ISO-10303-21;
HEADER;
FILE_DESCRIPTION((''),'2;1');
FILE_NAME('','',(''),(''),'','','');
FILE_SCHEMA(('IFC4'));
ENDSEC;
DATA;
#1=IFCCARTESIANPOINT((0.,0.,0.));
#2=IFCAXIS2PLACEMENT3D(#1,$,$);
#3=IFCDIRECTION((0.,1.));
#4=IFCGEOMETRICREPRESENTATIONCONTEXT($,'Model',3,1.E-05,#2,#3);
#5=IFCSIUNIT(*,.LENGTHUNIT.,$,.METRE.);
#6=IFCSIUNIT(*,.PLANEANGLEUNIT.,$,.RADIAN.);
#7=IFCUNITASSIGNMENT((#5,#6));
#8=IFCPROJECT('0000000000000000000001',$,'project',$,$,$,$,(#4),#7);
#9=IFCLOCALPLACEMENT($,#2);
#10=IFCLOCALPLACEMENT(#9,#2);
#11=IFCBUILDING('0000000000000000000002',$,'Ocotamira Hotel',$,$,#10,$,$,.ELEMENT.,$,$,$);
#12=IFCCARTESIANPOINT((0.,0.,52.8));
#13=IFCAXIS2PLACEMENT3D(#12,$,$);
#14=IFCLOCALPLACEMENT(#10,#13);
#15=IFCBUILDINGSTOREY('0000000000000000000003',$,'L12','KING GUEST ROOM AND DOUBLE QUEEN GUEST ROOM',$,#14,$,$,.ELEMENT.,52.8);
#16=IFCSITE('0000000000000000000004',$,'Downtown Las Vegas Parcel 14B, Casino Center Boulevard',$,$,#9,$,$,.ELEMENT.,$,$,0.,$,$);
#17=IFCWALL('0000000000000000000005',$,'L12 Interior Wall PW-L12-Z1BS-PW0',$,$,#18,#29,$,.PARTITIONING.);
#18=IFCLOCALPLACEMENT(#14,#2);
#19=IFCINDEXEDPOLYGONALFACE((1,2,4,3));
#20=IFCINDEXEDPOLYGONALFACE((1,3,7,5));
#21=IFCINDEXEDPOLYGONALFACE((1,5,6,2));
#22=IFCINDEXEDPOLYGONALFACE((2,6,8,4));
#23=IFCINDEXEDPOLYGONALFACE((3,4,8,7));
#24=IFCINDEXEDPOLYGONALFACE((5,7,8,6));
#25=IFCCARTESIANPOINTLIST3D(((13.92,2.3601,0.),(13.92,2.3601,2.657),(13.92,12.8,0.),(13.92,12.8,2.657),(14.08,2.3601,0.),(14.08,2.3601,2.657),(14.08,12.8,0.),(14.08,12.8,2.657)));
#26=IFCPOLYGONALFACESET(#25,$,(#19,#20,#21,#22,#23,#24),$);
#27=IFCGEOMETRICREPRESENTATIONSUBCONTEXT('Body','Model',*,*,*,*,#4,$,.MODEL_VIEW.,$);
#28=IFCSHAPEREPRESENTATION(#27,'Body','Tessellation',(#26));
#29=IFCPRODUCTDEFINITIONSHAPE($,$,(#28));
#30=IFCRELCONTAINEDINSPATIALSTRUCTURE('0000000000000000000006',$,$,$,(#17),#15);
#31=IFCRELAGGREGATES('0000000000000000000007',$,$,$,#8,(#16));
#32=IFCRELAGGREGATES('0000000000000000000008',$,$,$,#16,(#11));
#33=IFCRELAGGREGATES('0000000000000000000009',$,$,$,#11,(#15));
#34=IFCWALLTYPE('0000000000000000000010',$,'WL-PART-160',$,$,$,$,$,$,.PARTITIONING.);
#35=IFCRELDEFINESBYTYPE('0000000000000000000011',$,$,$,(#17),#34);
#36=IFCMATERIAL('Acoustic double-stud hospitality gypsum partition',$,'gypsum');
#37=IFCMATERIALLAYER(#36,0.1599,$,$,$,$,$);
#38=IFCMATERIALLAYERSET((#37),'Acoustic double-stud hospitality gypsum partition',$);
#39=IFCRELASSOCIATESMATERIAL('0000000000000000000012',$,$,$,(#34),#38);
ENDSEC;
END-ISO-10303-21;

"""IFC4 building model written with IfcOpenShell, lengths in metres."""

from ifc_helpers import new_model, si_unit, direction, frame, frame_2d, origin, place, context, subcontext, project, spatial, rectangle, extrude, material, layer, layer_set, type_object, element, save


model = new_model("IFC4")

# Units and contexts
model_context = context("Model", 3, precision=1e-05, world=origin(), true_north=direction((0.0, 1.0)))
body_context = subcontext(model_context, "Body", "Model", "MODEL_VIEW")
ifc_project = project(units=[si_unit("LENGTHUNIT", "METRE"), si_unit("PLANEANGLEUNIT", "RADIAN")], contexts=[model_context])

# Site, building, storey
site_placement = place(None, origin())
site = spatial("IfcSite", under=ifc_project, at=site_placement, Name="Downtown Las Vegas Parcel 14B, Casino Center Boulevard", CompositionType="ELEMENT", RefElevation=0.0)
building_placement = place(site_placement, origin())
building = spatial("IfcBuilding", under=site, at=building_placement, Name="Ocotamira Hotel", CompositionType="ELEMENT")
storey_placement = place(building_placement, frame((0.0, 0.0, 52.8)))
storey = spatial("IfcBuildingStorey", under=building, at=storey_placement, Name="L12", Description="KING GUEST ROOM AND DOUBLE QUEEN GUEST ROOM", CompositionType="ELEMENT", Elevation=52.8)

# Wall
ifc_material_1 = material(Name="Acoustic double-stud hospitality gypsum partition", Category="gypsum")
ifc_layer_1 = layer(ifc_material_1, 0.1599)
ifc_layer_set_1 = layer_set([ifc_layer_1], Name="Acoustic double-stud hospitality gypsum partition")
wall_type_1 = type_object("IfcWallType", Name="WL-PART-160", PredefinedType="PARTITIONING", material=ifc_layer_set_1)
wall_1_placement = place(storey_placement, frame((14.0, 2.3601, 0.0), z_axis=(0.0, 0.0, 1.0), x_axis=(0.0, 1.0, 0.0)))
element("IfcWall", 1, at=wall_1_placement, inside=storey, type_object=wall_type_1, Name="L12 Interior Wall PW-L12-Z1BS-PW0", PredefinedType="PARTITIONING", context=body_context, shape_type="SweptSolid", body=[
    extrude(rectangle(XDim=10.4399, YDim=0.1599, at=frame_2d((5.22, 0.0))), origin(), (0.0, 0.0, 1.0), 2.657),
])

save(model, "model.ifc")
